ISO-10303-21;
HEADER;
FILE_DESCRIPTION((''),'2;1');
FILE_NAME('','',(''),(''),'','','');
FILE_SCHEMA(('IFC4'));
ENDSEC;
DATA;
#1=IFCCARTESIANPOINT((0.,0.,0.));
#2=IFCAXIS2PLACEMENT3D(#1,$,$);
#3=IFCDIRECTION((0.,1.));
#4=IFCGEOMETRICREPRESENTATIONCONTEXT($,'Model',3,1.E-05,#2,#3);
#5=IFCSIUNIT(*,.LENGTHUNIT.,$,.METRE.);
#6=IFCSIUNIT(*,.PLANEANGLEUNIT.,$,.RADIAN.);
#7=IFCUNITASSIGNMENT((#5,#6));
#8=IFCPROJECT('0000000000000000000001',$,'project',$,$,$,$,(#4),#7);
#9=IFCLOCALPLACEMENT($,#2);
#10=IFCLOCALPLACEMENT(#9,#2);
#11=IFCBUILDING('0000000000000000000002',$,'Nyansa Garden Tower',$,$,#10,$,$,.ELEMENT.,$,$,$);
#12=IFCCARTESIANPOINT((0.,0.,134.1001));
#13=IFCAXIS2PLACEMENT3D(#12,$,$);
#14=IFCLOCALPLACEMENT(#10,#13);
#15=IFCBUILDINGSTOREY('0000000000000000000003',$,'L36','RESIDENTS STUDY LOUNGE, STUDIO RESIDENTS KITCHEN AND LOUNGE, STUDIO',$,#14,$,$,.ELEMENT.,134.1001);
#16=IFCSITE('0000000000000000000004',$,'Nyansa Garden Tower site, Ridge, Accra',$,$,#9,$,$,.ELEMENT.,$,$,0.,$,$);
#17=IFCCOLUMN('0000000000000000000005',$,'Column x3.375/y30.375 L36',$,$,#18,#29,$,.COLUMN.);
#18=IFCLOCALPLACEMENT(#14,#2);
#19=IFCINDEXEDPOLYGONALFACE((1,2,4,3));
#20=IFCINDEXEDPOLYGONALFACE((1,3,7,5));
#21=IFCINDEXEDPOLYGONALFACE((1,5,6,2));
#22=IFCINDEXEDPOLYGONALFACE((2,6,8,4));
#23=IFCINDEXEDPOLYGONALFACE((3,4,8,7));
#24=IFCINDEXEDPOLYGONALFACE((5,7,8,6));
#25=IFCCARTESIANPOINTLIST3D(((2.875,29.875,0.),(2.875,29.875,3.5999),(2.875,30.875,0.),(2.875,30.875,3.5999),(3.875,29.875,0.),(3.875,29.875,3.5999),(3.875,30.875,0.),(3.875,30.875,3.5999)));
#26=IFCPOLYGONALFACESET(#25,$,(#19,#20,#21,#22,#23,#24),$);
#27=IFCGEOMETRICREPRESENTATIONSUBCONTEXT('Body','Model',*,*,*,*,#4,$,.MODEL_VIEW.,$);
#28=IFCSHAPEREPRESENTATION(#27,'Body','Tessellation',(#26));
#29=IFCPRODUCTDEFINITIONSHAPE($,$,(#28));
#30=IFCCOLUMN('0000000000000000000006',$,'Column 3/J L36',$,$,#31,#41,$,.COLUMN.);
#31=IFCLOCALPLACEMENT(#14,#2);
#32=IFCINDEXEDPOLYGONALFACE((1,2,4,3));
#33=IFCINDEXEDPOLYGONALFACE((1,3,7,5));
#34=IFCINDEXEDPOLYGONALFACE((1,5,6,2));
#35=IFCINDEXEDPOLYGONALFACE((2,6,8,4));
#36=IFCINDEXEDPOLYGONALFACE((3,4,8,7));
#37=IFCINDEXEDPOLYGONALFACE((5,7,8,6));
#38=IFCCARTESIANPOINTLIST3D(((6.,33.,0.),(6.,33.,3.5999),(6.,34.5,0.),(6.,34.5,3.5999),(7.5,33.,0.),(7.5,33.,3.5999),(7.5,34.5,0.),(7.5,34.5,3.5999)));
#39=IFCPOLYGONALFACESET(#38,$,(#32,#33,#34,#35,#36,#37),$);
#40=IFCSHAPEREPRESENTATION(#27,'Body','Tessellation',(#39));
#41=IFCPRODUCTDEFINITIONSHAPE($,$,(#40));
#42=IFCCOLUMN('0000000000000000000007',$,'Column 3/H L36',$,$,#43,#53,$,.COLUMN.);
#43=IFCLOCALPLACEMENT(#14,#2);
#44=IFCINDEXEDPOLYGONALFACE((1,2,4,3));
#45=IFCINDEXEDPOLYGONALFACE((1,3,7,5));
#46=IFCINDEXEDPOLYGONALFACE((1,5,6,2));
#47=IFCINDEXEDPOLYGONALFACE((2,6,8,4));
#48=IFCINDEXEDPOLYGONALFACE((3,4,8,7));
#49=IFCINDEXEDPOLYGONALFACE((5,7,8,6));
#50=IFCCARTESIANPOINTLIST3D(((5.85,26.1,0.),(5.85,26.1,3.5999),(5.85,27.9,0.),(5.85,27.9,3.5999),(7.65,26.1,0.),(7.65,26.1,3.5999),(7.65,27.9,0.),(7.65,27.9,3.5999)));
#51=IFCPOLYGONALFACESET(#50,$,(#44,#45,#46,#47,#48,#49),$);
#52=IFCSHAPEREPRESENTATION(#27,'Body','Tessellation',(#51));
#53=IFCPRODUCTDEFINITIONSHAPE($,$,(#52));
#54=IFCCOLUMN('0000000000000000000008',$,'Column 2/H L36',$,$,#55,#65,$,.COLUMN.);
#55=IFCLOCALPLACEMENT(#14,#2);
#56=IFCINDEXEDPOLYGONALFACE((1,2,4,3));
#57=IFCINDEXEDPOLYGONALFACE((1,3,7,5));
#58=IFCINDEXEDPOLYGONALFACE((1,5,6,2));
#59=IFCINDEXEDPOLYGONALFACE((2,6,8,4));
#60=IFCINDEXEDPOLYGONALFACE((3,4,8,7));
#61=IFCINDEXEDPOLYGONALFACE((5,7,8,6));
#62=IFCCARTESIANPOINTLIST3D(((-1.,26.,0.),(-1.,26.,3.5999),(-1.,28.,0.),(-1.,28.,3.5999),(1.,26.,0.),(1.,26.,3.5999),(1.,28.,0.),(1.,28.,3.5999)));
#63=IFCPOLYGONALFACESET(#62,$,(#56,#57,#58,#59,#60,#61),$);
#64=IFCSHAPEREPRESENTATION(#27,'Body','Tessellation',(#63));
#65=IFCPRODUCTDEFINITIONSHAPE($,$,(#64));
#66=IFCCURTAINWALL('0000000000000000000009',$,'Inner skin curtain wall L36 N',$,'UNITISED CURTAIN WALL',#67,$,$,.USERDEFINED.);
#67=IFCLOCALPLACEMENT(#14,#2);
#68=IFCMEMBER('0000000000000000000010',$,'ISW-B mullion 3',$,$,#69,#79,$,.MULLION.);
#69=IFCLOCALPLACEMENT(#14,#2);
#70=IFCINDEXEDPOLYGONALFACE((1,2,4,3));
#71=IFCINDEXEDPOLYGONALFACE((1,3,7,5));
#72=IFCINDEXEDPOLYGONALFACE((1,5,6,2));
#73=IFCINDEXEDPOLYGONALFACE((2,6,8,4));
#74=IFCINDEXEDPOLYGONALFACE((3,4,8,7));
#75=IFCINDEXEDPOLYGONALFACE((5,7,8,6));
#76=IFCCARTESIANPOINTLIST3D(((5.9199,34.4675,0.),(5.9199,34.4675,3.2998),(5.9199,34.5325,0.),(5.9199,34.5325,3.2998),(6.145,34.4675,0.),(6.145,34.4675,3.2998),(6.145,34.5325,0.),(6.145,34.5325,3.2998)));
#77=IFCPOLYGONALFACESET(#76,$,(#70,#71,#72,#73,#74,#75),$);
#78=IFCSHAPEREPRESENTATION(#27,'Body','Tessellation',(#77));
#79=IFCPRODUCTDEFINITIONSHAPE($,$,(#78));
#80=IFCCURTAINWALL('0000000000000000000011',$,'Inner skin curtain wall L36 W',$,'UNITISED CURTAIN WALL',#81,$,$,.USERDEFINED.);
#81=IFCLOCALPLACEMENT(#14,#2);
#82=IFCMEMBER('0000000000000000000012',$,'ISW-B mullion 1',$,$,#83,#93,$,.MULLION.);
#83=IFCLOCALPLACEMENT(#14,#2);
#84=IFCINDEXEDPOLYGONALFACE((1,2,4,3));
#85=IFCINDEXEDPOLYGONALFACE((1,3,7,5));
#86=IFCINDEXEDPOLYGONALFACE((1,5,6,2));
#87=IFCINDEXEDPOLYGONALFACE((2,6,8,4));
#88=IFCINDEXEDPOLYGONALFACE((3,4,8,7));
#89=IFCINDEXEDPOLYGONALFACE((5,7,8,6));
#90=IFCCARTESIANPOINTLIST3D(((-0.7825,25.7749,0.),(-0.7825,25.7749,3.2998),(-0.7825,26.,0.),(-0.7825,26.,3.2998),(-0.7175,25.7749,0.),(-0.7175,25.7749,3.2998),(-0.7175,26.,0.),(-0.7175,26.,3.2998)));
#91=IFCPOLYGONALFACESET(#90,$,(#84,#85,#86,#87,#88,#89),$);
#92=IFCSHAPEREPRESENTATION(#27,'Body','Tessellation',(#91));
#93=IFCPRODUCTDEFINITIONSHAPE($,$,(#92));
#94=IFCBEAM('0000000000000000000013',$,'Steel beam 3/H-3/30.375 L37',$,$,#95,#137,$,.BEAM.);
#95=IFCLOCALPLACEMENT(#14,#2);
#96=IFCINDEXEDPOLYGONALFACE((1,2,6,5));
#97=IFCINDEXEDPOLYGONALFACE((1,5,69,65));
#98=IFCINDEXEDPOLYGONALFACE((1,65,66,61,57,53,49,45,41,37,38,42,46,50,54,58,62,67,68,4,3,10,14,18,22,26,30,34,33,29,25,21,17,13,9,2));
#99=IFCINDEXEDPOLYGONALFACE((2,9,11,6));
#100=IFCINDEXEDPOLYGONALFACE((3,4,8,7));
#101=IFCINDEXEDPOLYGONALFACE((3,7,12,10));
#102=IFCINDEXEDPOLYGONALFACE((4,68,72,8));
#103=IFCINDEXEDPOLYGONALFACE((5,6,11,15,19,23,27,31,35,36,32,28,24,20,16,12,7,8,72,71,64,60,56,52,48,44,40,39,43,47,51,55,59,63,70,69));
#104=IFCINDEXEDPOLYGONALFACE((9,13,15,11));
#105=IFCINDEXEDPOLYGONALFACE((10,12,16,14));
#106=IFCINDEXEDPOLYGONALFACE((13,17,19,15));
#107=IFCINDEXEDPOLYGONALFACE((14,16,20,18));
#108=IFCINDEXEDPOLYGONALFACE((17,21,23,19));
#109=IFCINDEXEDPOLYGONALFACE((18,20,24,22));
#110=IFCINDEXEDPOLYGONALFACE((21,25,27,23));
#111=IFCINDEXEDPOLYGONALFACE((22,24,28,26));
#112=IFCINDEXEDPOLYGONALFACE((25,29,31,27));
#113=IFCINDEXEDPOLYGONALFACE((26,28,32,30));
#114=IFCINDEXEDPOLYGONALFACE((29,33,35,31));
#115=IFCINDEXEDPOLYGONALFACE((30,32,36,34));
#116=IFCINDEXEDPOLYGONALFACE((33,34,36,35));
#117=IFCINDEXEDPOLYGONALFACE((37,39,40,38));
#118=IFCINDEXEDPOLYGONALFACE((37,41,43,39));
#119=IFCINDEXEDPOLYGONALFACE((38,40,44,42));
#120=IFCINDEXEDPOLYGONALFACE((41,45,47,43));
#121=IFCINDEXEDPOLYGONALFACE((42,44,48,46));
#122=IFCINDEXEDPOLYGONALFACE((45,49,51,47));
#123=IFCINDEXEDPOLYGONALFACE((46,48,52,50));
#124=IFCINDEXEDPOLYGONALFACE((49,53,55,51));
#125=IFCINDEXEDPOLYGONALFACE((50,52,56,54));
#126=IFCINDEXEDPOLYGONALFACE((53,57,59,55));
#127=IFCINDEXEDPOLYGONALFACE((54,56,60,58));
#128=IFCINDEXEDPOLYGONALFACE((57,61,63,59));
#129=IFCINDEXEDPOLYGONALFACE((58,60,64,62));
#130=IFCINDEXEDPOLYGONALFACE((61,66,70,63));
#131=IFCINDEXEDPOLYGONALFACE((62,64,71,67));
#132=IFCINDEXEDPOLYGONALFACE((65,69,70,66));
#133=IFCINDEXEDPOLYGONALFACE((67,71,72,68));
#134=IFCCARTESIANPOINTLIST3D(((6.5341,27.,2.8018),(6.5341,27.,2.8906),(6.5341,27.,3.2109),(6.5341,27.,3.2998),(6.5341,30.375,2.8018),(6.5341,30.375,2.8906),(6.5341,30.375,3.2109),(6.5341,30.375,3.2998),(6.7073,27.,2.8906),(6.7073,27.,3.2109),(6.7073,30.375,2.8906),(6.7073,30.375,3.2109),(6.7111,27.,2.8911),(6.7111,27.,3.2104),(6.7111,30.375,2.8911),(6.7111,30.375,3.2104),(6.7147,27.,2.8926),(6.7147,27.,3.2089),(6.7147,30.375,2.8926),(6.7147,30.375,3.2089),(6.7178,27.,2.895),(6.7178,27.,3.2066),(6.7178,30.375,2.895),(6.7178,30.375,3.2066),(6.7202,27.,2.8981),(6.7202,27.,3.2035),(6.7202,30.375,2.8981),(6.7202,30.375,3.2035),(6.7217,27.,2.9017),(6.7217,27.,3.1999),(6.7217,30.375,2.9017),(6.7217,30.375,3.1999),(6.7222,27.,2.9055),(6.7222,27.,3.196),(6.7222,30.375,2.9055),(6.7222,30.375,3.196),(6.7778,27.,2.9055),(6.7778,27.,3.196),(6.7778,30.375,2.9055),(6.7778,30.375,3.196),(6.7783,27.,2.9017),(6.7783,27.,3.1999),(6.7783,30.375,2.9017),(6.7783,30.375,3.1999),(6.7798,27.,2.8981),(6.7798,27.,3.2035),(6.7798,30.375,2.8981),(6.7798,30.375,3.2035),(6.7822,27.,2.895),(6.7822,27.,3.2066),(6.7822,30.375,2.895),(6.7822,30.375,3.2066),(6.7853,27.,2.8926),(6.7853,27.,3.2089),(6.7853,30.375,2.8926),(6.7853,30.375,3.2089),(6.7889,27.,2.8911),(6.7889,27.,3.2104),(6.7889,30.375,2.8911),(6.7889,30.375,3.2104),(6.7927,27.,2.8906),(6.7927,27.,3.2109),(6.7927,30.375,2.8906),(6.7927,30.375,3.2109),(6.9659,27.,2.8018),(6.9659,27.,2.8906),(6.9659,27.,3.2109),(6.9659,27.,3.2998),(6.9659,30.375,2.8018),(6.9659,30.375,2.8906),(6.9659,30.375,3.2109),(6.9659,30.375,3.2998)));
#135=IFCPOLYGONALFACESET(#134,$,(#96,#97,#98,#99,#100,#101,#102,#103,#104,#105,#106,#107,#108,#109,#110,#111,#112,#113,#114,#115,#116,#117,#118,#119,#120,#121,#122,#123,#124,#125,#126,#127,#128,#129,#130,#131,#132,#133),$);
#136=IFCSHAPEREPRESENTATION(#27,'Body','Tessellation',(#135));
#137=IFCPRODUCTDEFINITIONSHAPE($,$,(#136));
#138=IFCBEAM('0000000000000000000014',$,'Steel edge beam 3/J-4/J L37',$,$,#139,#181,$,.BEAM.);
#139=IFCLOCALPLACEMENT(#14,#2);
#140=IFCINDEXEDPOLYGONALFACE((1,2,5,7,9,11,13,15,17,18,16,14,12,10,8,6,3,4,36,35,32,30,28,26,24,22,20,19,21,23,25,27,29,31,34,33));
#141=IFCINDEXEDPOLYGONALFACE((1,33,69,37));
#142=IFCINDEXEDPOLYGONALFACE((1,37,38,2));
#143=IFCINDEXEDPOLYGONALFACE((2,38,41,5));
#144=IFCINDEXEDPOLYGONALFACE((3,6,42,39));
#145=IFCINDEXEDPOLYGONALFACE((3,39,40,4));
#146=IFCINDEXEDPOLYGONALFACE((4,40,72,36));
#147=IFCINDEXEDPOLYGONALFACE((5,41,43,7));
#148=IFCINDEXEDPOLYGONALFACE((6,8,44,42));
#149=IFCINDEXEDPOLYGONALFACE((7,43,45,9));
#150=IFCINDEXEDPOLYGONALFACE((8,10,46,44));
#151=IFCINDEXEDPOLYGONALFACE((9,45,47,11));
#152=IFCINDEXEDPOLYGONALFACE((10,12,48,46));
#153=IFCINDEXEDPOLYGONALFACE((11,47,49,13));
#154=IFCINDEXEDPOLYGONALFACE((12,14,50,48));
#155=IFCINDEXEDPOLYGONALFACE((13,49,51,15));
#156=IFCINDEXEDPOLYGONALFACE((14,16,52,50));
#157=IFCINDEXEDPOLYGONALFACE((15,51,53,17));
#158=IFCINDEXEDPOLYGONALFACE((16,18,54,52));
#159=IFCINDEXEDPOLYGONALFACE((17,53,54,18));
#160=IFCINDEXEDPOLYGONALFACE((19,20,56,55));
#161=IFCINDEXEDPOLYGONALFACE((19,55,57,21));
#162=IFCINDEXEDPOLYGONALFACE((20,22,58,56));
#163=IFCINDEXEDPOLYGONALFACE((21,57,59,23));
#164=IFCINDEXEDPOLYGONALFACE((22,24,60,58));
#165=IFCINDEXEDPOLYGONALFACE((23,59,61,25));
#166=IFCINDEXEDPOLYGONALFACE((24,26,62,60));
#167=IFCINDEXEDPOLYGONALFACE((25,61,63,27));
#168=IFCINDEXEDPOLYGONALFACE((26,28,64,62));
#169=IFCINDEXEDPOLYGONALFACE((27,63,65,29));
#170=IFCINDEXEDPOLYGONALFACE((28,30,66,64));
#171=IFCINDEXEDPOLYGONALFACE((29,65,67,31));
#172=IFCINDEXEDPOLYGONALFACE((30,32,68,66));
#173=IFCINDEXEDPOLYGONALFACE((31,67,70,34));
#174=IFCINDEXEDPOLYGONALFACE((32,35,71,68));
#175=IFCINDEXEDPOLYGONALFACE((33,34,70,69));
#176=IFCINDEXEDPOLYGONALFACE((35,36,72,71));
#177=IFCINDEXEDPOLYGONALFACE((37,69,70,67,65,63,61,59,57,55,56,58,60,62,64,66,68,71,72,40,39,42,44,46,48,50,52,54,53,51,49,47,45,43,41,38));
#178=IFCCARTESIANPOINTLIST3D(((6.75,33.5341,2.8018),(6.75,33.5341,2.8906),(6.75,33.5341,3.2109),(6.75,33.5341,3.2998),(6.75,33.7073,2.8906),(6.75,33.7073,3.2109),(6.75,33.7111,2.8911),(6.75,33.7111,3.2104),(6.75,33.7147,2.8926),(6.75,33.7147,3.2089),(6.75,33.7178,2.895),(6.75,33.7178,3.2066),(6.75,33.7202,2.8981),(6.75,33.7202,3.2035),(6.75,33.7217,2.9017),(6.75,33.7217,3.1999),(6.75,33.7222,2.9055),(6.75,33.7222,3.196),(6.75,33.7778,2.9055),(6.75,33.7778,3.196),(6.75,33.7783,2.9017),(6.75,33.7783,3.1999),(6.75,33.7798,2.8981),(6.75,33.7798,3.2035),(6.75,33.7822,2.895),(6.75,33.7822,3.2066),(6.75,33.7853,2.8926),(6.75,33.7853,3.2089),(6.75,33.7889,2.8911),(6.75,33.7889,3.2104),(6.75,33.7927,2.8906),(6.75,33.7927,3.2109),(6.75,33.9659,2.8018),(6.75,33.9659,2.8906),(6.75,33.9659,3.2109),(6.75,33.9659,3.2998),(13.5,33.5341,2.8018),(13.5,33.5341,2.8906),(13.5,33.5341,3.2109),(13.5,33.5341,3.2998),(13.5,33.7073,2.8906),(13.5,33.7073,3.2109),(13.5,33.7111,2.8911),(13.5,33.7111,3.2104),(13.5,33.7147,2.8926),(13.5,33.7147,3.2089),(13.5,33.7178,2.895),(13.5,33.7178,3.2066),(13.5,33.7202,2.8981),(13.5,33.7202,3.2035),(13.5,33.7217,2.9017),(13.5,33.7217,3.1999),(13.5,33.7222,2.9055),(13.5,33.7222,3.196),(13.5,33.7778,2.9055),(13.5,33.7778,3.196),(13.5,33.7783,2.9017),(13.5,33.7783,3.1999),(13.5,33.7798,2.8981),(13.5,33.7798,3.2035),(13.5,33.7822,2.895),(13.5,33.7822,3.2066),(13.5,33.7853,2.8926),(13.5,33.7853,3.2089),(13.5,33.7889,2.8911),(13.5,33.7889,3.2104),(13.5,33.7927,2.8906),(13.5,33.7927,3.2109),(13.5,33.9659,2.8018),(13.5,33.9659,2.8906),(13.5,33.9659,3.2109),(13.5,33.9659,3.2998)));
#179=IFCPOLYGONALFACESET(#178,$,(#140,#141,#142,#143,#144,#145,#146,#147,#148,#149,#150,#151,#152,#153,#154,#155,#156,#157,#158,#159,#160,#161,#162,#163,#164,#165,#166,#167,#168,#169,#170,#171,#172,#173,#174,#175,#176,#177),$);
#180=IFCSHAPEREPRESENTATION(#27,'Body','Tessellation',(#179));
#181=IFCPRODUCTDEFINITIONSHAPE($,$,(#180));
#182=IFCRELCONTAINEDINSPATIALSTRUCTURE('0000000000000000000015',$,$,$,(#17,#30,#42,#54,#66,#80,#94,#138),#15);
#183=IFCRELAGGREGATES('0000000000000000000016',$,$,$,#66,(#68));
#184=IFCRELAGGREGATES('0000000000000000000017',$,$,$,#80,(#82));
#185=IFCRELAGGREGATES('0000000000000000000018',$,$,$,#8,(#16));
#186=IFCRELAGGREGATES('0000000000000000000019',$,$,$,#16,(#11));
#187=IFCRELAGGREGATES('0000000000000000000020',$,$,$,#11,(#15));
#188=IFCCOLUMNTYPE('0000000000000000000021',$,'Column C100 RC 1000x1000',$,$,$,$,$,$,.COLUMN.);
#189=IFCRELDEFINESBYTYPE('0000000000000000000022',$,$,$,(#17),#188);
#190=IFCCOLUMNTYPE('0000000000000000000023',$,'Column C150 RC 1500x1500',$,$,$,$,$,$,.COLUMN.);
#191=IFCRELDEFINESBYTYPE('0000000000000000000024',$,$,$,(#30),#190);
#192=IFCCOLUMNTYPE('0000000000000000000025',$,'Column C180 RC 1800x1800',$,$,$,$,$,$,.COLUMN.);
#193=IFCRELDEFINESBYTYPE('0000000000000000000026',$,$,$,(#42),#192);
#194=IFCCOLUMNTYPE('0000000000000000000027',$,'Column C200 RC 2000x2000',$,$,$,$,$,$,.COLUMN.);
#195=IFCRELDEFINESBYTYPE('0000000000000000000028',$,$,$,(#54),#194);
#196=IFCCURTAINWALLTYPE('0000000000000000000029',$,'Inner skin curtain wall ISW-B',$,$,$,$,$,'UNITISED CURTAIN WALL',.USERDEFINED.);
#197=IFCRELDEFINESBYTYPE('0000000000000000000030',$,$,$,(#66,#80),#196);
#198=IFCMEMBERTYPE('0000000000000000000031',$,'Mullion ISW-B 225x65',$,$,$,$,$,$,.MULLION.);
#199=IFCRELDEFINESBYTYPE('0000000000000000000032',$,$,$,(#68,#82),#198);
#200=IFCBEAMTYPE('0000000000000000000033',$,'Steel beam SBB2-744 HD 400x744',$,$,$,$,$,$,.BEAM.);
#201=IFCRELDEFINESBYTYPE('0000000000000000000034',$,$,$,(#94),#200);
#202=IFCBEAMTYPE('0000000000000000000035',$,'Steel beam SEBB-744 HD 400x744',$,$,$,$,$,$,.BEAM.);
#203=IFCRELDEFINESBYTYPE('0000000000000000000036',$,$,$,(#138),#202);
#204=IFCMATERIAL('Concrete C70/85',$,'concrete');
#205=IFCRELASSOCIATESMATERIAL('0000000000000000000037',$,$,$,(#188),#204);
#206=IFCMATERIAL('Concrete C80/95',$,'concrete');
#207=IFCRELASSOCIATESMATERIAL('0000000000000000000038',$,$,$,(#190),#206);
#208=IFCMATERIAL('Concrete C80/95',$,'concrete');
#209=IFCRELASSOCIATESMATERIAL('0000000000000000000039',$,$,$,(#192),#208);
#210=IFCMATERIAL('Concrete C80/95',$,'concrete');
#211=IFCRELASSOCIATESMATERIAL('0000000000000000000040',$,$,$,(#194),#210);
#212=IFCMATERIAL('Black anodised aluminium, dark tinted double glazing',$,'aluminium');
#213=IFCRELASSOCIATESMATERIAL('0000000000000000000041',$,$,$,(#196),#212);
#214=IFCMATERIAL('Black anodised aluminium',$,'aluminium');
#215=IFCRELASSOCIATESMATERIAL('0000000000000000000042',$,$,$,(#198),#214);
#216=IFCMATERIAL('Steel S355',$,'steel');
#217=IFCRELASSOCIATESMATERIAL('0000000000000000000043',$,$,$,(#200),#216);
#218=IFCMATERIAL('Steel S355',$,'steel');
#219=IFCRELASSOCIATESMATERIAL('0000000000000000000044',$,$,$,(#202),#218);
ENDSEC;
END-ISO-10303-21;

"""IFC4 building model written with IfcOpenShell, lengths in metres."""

from ifc_helpers import new_model, si_unit, direction, frame, origin, origin_2d, place, context, subcontext, project, spatial, rectangle, i_section, extrude, material, material_profile, profile_set, type_object, element, aggregate, save


model = new_model("IFC4")

# Units and contexts
model_context = context("Model", 3, precision=1e-05, world=origin(), true_north=direction((0.0, 1.0)))
body_context = subcontext(model_context, "Body", "Model", "MODEL_VIEW")
ifc_project = project(units=[si_unit("LENGTHUNIT", "METRE"), si_unit("PLANEANGLEUNIT", "RADIAN")], contexts=[model_context])

# Site, building, storey
site_placement = place(None, origin())
site = spatial("IfcSite", under=ifc_project, at=site_placement, Name="Nyansa Garden Tower site, Ridge, Accra", CompositionType="ELEMENT", RefElevation=0.0)
building_placement = place(site_placement, origin())
building = spatial("IfcBuilding", under=site, at=building_placement, Name="Nyansa Garden Tower", CompositionType="ELEMENT")
storey_placement = place(building_placement, frame((0.0, 0.0, 134.1001)))
storey = spatial("IfcBuildingStorey", under=building, at=storey_placement, Name="L36", Description="RESIDENTS STUDY LOUNGE, STUDIO RESIDENTS KITCHEN AND LOUNGE, STUDIO", CompositionType="ELEMENT", Elevation=134.1001)

# Columns
ifc_material_1 = material(Name="Concrete C70/85", Category="concrete")
ifc_material_profile_1 = material_profile(ifc_material_1, rectangle(XDim=1.0, YDim=1.0, at=origin_2d()), Name="RC 1000x1000")
ifc_profile_set_1 = profile_set([ifc_material_profile_1], Name="Concrete C70/85")
column_type_1 = type_object("IfcColumnType", Name="Column C100 RC 1000x1000", PredefinedType="COLUMN", material=ifc_profile_set_1)
column_1_placement = place(storey_placement, frame((3.375, 30.375, 0.0), z_axis=(0.0, 0.0, 1.0), x_axis=(1.0, 0.0, 0.0)))
element("IfcColumn", 1, at=column_1_placement, inside=storey, type_object=column_type_1, Name="Column x3.375/y30.375 L36", PredefinedType="COLUMN", context=body_context, shape_type="SweptSolid", body=[
    extrude(rectangle(XDim=1.0, YDim=1.0, at=origin_2d()), origin(), (0.0, 0.0, 1.0), 3.5999),
])
ifc_material_2 = material(Name="Concrete C80/95", Category="concrete")
ifc_material_profile_2 = material_profile(ifc_material_2, rectangle(XDim=1.5, YDim=1.5, at=origin_2d()), Name="RC 1500x1500")
ifc_profile_set_2 = profile_set([ifc_material_profile_2], Name="Concrete C80/95")
column_type_2 = type_object("IfcColumnType", Name="Column C150 RC 1500x1500", PredefinedType="COLUMN", material=ifc_profile_set_2)
column_2_placement = place(storey_placement, frame((6.75, 33.75, 0.0), z_axis=(0.0, 0.0, 1.0), x_axis=(1.0, 0.0, 0.0)))
element("IfcColumn", 2, at=column_2_placement, inside=storey, type_object=column_type_2, Name="Column 3/J L36", PredefinedType="COLUMN", context=body_context, shape_type="SweptSolid", body=[
    extrude(rectangle(XDim=1.5, YDim=1.5, at=origin_2d()), origin(), (0.0, 0.0, 1.0), 3.5999),
])
ifc_material_3 = material(Name="Concrete C80/95", Category="concrete")
ifc_material_profile_3 = material_profile(ifc_material_3, rectangle(XDim=1.8, YDim=1.8, at=origin_2d()), Name="RC 1800x1800")
ifc_profile_set_3 = profile_set([ifc_material_profile_3], Name="Concrete C80/95")
column_type_3 = type_object("IfcColumnType", Name="Column C180 RC 1800x1800", PredefinedType="COLUMN", material=ifc_profile_set_3)
column_3_placement = place(storey_placement, frame((6.75, 27.0, 0.0), z_axis=(0.0, 0.0, 1.0), x_axis=(1.0, 0.0, 0.0)))
element("IfcColumn", 3, at=column_3_placement, inside=storey, type_object=column_type_3, Name="Column 3/H L36", PredefinedType="COLUMN", context=body_context, shape_type="SweptSolid", body=[
    extrude(rectangle(XDim=1.8, YDim=1.8, at=origin_2d()), origin(), (0.0, 0.0, 1.0), 3.5999),
])
ifc_material_4 = material(Name="Concrete C80/95", Category="concrete")
ifc_material_profile_4 = material_profile(ifc_material_4, rectangle(XDim=2.0, YDim=2.0, at=origin_2d()), Name="RC 2000x2000")
ifc_profile_set_4 = profile_set([ifc_material_profile_4], Name="Concrete C80/95")
column_type_4 = type_object("IfcColumnType", Name="Column C200 RC 2000x2000", PredefinedType="COLUMN", material=ifc_profile_set_4)
column_4_placement = place(storey_placement, frame((0.0, 27.0, 0.0), z_axis=(0.0, 0.0, 1.0), x_axis=(1.0, 0.0, 0.0)))
element("IfcColumn", 4, at=column_4_placement, inside=storey, type_object=column_type_4, Name="Column 2/H L36", PredefinedType="COLUMN", context=body_context, shape_type="SweptSolid", body=[
    extrude(rectangle(XDim=2.0, YDim=2.0, at=origin_2d()), origin(), (0.0, 0.0, 1.0), 3.5999),
])

# Curtain walls, members
ifc_material_5 = material(Name="Black anodised aluminium, dark tinted double glazing", Category="aluminium")
curtain_wall_type = type_object("IfcCurtainWallType", Name="Inner skin curtain wall ISW-B", ElementType="UNITISED CURTAIN WALL", PredefinedType="USERDEFINED", material=ifc_material_5)
curtain_wall_1_placement = place(storey_placement, origin())
curtain_wall_1 = element("IfcCurtainWall", 5, at=curtain_wall_1_placement, inside=storey, type_object=curtain_wall_type, Name="Inner skin curtain wall L36 N", ObjectType="UNITISED CURTAIN WALL", PredefinedType="USERDEFINED")
ifc_material_6 = material(Name="Black anodised aluminium", Category="aluminium")
ifc_material_profile_5 = material_profile(ifc_material_6, rectangle(XDim=0.0649, YDim=0.2251, at=origin_2d()), Name="Mullion 225x65")
ifc_profile_set_5 = profile_set([ifc_material_profile_5], Name="Black anodised aluminium")
member_type_1 = type_object("IfcMemberType", Name="Mullion ISW-B 225x65", PredefinedType="MULLION", material=ifc_profile_set_5)
member_1_placement = place(storey_placement, frame((6.0325, 34.5, 0.0), z_axis=(0.0, 0.0, 1.0), x_axis=(0.0, -1.0, 0.0)))
member_1 = element("IfcMember", 6, at=member_1_placement, type_object=member_type_1, Name="ISW-B mullion 3", PredefinedType="MULLION", context=body_context, shape_type="SweptSolid", body=[
    extrude(rectangle(XDim=0.0649, YDim=0.2251, at=origin_2d()), origin(), (0.0, 0.0, 1.0), 3.2998),
])
aggregate(curtain_wall_1, [member_1])
curtain_wall_2_placement = place(storey_placement, origin())
curtain_wall_2 = element("IfcCurtainWall", 7, at=curtain_wall_2_placement, inside=storey, type_object=curtain_wall_type, Name="Inner skin curtain wall L36 W", ObjectType="UNITISED CURTAIN WALL", PredefinedType="USERDEFINED")
member_2_placement = place(storey_placement, frame((-0.75, 25.8875, 0.0), z_axis=(0.0, 0.0, 1.0), x_axis=(1.0, 0.0, 0.0)))
member_2 = element("IfcMember", 8, at=member_2_placement, type_object=member_type_1, Name="ISW-B mullion 1", PredefinedType="MULLION", context=body_context, shape_type="SweptSolid", body=[
    extrude(rectangle(XDim=0.0649, YDim=0.2251, at=origin_2d()), origin(), (0.0, 0.0, 1.0), 3.2998),
])

# Beams
ifc_material_7 = material(Name="Steel S355", Category="steel")
ifc_material_profile_6 = material_profile(ifc_material_7, i_section(OverallWidth=0.4319, OverallDepth=0.498, WebThickness=0.0557, FlangeThickness=0.0889, FilletRadius=0.0149, at=origin_2d()), Name="HD 400x744")
ifc_profile_set_6 = profile_set([ifc_material_profile_6], Name="Steel S355")
beam_type_1 = type_object("IfcBeamType", Name="Steel beam SBB2-744 HD 400x744", PredefinedType="BEAM", material=ifc_profile_set_6)
beam_1_placement = place(storey_placement, frame((6.75, 27.0, 3.0508), z_axis=(0.0, 1.0, 0.0), x_axis=(-1.0, 0.0, 0.0)))
element("IfcBeam", 9, at=beam_1_placement, inside=storey, type_object=beam_type_1, Name="Steel beam 3/H-3/30.375 L37", PredefinedType="BEAM", context=body_context, shape_type="SweptSolid", body=[
    extrude(i_section(OverallWidth=0.4319, OverallDepth=0.498, WebThickness=0.0557, FlangeThickness=0.0889, FilletRadius=0.0149, at=origin_2d()), origin(), (0.0, 0.0, 1.0), 3.375),
])
ifc_material_8 = material(Name="Steel S355", Category="steel")
ifc_material_profile_7 = material_profile(ifc_material_8, i_section(OverallWidth=0.4319, OverallDepth=0.498, WebThickness=0.0557, FlangeThickness=0.0889, FilletRadius=0.0149, at=origin_2d()), Name="HD 400x744")
ifc_profile_set_7 = profile_set([ifc_material_profile_7], Name="Steel S355")
beam_type_2 = type_object("IfcBeamType", Name="Steel beam SEBB-744 HD 400x744", PredefinedType="BEAM", material=ifc_profile_set_7)
beam_2_placement = place(storey_placement, frame((6.75, 33.75, 3.0508), z_axis=(1.0, 0.0, 0.0), x_axis=(0.0, 1.0, 0.0)))
element("IfcBeam", 10, at=beam_2_placement, inside=storey, type_object=beam_type_2, Name="Steel edge beam 3/J-4/J L37", PredefinedType="BEAM", context=body_context, shape_type="SweptSolid", body=[
    extrude(i_section(OverallWidth=0.4319, OverallDepth=0.498, WebThickness=0.0557, FlangeThickness=0.0889, FilletRadius=0.0149, at=origin_2d()), origin(), (0.0, 0.0, 1.0), 6.75),
])

aggregate(curtain_wall_2, [member_2])

save(model, "model.ifc")
